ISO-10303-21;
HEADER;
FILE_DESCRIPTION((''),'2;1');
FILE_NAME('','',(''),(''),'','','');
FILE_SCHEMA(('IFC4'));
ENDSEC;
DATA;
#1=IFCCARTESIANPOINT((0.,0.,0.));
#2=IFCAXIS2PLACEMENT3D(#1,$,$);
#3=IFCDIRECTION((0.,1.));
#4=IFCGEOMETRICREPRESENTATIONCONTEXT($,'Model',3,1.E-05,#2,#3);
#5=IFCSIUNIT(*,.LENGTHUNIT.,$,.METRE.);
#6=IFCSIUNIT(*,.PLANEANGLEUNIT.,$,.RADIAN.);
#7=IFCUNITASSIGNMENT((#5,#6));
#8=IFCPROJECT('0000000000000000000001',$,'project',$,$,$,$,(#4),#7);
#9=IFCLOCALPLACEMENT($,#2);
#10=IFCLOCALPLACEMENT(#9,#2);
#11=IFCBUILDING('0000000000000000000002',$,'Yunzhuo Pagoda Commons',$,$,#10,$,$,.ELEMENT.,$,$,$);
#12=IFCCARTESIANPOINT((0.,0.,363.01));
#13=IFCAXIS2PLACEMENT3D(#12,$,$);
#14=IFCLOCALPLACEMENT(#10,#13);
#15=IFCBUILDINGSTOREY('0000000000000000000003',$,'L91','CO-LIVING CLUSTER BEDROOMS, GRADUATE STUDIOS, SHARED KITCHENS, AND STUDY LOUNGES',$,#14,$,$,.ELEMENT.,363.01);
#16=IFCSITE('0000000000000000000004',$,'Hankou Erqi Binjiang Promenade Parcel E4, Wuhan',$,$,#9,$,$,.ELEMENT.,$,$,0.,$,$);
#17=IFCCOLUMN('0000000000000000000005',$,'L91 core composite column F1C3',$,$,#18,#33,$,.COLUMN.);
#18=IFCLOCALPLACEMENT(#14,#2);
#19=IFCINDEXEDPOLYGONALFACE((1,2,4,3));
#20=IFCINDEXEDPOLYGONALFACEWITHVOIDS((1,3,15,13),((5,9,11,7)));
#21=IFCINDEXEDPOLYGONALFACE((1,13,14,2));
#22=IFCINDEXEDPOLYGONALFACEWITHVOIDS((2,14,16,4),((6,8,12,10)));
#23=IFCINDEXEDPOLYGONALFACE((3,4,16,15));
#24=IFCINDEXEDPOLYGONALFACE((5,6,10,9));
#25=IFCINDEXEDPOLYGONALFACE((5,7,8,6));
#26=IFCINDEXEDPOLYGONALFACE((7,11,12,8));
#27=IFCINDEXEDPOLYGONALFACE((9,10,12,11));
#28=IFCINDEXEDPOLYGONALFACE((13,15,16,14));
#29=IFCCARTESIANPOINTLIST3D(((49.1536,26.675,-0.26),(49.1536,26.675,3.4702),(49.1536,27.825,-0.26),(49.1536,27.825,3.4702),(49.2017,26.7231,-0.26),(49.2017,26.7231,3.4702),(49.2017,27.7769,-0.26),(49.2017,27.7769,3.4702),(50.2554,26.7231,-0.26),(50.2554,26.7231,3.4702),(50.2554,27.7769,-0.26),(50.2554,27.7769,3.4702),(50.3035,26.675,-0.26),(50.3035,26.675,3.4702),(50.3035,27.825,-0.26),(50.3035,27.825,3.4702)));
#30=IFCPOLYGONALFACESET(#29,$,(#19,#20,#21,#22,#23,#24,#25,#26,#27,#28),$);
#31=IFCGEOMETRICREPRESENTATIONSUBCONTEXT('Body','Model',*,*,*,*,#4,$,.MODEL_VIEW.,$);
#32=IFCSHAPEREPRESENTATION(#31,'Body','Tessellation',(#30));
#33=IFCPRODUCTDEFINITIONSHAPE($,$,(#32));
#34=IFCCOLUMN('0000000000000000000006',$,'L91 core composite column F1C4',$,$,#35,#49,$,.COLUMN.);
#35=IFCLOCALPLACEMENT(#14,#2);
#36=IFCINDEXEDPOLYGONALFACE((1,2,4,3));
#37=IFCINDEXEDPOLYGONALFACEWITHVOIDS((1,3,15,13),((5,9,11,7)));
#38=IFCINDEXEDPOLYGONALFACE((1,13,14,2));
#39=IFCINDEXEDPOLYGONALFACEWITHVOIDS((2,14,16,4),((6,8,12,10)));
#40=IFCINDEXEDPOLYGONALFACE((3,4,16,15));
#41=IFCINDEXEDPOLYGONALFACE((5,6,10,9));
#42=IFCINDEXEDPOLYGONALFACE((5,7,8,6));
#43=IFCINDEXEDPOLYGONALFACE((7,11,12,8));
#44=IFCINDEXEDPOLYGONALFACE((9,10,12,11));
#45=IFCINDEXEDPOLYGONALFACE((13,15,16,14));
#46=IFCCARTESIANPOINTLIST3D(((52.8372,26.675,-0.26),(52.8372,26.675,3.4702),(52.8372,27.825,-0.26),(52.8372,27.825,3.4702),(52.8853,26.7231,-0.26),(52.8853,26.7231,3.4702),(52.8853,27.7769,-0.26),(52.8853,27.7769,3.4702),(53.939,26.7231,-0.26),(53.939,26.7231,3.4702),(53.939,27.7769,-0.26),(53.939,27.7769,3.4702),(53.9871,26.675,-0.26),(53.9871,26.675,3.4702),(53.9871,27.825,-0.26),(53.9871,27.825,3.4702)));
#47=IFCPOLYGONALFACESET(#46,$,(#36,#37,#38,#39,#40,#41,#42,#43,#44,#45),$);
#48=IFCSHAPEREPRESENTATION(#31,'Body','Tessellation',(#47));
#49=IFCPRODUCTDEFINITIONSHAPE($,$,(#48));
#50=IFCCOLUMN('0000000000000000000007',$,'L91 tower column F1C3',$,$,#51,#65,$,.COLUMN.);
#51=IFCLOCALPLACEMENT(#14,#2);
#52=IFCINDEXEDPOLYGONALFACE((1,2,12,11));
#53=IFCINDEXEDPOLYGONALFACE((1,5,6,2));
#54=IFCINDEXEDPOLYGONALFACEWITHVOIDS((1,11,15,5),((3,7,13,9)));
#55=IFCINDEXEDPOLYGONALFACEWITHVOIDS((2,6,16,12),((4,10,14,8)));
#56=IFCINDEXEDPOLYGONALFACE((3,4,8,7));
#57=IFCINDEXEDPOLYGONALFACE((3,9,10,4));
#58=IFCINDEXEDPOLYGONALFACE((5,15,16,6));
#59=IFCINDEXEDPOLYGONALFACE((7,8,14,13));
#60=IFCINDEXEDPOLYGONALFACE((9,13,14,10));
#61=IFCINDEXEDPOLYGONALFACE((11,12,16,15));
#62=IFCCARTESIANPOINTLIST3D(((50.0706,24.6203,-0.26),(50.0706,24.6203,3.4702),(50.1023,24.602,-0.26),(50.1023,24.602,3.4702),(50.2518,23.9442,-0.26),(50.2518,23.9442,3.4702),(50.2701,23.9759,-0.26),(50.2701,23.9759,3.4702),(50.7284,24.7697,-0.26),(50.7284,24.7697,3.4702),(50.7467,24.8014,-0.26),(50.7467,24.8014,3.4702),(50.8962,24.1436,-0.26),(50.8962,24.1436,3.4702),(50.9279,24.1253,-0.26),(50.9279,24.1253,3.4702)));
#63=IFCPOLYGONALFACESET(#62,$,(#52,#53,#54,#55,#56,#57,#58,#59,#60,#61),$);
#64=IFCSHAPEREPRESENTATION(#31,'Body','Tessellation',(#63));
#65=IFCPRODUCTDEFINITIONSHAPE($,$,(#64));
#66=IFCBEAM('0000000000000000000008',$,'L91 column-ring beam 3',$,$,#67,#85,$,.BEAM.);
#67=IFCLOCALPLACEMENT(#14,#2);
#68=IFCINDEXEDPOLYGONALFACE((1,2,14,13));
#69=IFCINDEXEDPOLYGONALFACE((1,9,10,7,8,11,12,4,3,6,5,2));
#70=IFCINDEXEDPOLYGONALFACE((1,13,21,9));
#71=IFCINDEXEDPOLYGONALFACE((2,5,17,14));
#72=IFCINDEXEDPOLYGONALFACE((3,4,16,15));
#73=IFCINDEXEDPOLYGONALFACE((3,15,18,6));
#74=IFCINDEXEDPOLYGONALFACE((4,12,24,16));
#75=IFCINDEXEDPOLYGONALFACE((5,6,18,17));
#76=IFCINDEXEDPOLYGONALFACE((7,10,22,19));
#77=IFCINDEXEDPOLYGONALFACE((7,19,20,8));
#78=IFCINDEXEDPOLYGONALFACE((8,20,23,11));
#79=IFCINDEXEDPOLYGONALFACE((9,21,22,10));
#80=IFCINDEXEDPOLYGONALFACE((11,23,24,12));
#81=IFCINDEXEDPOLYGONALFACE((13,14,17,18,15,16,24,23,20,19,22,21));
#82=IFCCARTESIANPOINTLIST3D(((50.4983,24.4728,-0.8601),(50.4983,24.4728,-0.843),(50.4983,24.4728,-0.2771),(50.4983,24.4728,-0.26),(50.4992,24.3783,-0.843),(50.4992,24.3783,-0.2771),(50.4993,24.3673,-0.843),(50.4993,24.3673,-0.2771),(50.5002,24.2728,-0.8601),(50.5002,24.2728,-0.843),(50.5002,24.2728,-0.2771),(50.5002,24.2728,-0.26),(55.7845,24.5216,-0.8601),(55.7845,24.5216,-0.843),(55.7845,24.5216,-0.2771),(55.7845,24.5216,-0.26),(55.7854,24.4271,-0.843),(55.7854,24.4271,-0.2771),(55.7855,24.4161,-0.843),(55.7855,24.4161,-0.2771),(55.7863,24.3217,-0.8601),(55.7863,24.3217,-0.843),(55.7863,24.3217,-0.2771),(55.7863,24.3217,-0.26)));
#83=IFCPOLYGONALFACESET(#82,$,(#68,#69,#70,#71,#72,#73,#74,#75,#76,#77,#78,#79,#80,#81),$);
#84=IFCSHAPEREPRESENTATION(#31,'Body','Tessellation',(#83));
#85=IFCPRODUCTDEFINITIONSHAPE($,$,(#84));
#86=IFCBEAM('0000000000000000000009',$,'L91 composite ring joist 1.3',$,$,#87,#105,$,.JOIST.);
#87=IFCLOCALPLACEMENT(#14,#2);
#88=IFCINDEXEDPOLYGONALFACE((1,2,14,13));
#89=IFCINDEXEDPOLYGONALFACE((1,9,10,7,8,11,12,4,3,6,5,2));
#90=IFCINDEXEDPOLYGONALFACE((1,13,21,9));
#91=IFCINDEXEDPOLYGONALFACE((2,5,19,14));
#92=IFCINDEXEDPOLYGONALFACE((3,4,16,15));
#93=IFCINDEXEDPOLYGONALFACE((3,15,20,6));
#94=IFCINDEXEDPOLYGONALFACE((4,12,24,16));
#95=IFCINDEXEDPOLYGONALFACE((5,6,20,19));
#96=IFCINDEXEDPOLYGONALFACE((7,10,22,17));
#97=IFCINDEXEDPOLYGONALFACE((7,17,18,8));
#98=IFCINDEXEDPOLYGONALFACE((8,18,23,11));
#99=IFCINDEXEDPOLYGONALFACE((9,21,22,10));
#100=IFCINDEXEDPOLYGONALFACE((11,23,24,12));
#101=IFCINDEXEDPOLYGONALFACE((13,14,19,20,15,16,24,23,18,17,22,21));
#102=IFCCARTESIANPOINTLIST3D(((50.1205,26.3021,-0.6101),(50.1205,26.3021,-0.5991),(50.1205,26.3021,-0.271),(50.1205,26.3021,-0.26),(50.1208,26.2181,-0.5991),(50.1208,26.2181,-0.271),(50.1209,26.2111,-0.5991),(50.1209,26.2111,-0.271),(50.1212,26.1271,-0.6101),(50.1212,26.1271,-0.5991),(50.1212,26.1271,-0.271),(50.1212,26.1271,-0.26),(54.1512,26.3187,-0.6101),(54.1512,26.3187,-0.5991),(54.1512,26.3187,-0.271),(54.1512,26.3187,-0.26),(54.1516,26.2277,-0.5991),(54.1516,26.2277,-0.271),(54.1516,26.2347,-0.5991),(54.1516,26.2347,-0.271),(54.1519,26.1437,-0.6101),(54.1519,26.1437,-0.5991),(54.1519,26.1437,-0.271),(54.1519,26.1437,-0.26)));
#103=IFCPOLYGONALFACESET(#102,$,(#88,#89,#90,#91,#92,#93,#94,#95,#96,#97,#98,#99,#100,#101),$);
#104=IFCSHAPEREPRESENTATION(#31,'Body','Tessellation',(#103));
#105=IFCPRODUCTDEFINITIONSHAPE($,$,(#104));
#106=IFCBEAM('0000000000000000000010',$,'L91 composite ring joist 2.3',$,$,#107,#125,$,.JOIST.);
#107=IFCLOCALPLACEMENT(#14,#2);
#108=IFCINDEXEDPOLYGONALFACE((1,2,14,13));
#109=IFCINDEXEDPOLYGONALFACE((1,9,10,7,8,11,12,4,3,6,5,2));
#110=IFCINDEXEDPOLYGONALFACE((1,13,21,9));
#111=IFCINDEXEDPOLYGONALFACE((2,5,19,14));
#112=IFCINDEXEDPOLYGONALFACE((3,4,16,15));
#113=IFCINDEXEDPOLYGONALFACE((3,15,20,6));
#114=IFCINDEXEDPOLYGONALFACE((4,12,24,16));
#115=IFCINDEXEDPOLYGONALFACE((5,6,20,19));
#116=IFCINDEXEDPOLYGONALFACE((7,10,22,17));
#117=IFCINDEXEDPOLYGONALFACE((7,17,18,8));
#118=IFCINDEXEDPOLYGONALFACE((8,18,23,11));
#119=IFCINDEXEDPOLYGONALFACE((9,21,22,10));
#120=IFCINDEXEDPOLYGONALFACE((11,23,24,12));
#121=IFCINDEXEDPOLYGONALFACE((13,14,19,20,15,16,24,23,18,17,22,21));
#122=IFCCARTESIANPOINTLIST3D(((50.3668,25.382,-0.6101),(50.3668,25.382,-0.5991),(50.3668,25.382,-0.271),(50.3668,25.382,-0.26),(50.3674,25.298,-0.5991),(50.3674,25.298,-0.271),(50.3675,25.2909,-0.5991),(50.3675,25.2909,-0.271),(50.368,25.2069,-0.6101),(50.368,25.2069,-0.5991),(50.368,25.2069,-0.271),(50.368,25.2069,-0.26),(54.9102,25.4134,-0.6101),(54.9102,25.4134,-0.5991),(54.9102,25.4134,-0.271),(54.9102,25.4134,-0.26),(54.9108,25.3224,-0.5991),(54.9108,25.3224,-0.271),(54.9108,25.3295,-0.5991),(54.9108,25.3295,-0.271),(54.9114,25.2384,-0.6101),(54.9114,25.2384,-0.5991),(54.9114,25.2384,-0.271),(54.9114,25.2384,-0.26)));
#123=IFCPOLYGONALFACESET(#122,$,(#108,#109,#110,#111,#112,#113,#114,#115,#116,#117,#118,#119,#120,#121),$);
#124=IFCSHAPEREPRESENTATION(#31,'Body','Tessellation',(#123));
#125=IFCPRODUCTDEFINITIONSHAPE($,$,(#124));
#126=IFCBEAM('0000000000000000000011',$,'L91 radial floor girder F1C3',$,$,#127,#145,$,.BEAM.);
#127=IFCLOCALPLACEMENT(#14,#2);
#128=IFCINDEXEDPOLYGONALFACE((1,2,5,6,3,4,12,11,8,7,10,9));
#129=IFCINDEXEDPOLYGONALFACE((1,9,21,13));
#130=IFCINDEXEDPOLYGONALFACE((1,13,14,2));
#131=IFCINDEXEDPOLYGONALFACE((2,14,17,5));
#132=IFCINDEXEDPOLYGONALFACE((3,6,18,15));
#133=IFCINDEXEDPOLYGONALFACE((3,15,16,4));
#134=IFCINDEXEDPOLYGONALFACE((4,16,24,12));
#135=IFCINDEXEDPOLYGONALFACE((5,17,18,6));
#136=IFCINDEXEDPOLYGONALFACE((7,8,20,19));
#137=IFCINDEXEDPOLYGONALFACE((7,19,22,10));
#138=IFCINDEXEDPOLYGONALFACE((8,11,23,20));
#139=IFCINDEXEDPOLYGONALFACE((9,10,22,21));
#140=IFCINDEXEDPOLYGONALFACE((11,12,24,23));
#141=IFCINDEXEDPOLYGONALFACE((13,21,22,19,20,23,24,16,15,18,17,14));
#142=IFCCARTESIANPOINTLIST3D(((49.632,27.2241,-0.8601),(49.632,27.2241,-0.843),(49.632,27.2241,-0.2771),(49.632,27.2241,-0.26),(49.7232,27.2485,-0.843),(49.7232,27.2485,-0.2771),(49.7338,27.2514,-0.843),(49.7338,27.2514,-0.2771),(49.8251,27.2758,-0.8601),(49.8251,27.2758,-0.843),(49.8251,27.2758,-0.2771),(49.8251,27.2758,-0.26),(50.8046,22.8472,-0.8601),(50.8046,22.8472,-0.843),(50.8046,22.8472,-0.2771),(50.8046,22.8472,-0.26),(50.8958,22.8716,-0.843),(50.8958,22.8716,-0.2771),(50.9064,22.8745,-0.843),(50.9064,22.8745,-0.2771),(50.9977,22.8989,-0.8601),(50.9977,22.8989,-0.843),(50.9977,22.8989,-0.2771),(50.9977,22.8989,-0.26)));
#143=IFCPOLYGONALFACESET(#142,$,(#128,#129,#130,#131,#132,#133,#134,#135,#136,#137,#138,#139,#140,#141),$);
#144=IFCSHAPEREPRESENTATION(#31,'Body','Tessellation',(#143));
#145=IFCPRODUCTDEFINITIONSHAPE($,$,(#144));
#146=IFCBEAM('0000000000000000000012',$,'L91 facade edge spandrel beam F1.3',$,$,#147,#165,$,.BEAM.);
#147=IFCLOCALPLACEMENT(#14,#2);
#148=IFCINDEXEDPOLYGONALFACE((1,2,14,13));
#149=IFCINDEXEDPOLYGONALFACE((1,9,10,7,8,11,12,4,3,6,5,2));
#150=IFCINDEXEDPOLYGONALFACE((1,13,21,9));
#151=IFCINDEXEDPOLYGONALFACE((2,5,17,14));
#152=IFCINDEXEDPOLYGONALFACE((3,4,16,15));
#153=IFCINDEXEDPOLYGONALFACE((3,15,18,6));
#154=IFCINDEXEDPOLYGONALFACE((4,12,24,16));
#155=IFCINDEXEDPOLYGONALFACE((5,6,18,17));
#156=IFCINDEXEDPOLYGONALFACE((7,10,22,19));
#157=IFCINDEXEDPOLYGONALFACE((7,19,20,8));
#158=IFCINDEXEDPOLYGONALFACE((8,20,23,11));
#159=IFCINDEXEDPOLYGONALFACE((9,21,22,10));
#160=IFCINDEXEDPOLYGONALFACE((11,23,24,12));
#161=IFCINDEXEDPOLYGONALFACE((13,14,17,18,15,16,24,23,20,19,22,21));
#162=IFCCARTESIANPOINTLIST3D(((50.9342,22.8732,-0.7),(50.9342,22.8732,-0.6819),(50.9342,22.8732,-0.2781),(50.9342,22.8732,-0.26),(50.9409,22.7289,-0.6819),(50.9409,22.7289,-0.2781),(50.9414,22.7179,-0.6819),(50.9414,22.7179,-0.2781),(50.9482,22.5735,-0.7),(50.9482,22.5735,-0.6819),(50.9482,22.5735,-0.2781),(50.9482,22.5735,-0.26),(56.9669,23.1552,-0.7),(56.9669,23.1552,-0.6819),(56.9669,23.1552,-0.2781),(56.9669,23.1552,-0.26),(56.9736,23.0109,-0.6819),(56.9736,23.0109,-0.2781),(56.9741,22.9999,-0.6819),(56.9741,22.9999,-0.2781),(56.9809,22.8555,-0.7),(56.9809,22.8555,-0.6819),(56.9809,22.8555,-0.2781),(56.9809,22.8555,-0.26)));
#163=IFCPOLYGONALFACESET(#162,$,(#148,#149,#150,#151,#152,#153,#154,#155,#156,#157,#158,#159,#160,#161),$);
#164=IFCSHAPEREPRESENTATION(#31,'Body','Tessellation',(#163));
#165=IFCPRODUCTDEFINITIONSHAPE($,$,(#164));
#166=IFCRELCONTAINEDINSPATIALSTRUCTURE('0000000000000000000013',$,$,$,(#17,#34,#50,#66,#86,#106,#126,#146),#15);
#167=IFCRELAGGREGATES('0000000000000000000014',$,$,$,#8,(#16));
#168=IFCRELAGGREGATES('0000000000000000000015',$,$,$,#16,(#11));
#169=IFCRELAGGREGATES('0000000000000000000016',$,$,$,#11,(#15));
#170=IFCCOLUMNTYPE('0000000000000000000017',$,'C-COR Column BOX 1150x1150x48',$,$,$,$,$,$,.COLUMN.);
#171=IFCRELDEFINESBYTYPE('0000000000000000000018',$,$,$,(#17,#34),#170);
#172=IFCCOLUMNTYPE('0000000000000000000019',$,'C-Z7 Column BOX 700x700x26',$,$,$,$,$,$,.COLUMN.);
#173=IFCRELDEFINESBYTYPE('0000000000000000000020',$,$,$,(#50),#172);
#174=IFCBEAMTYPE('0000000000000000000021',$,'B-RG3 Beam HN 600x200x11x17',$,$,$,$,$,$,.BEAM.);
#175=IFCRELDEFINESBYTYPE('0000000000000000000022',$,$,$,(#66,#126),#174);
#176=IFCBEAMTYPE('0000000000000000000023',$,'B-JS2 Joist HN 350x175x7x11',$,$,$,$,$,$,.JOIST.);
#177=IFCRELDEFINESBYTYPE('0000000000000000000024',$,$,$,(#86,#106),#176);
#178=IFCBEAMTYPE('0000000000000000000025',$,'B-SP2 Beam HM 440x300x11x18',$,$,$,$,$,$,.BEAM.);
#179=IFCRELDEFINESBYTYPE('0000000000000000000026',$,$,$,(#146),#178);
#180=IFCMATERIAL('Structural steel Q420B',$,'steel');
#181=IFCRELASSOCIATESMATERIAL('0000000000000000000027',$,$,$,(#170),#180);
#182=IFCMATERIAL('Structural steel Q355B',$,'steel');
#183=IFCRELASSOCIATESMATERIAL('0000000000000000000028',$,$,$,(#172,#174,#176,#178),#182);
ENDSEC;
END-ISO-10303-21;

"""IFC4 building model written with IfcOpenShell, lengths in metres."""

from ifc_helpers import new_model, si_unit, direction, frame, origin, origin_2d, place, context, subcontext, project, spatial, hollow_rectangle, i_section, extrude, source, transform, mapped, material, material_profile, profile_set, type_object, element, save


model = new_model("IFC4")

# Units and contexts
model_context = context("Model", 3, precision=1e-05, world=origin(), true_north=direction((0.0, 1.0)))
body_context = subcontext(model_context, "Body", "Model", "MODEL_VIEW")
ifc_project = project(units=[si_unit("LENGTHUNIT", "METRE"), si_unit("PLANEANGLEUNIT", "RADIAN")], contexts=[model_context])

# Site, building, storey
site_placement = place(None, origin())
site = spatial("IfcSite", under=ifc_project, at=site_placement, Name="Hankou Erqi Binjiang Promenade Parcel E4, Wuhan", CompositionType="ELEMENT", RefElevation=0.0)
building_placement = place(site_placement, origin())
building = spatial("IfcBuilding", under=site, at=building_placement, Name="Yunzhuo Pagoda Commons", CompositionType="ELEMENT")
storey_placement = place(building_placement, frame((0.0, 0.0, 363.01)))
storey = spatial("IfcBuildingStorey", under=building, at=storey_placement, Name="L91", Description="CO-LIVING CLUSTER BEDROOMS, GRADUATE STUDIOS, SHARED KITCHENS, AND STUDY LOUNGES", CompositionType="ELEMENT", Elevation=363.01)

# Columns
ifc_material_1 = material(Name="Structural steel Q420B", Category="steel")
ifc_material_profile_1 = material_profile(ifc_material_1, hollow_rectangle(XDim=1.1499, YDim=1.1499, WallThickness=0.0481, at=origin_2d()), Name="Structural steel Q420B")
ifc_profile_set_1 = profile_set([ifc_material_profile_1], Name="Structural steel Q420B")
column_type_1 = type_object("IfcColumnType", Name="C-COR Column BOX 1150x1150x48", PredefinedType="COLUMN", material=ifc_profile_set_1)
shared_shape_1 = source(origin(), body_context, "Body", "SweptSolid", [
    extrude(hollow_rectangle(XDim=1.1499, YDim=1.1499, WallThickness=0.0481, at=origin_2d()), origin(), (0.0, 0.0, 1.0), 3.7302),
])
for number, where, z_axis, x_axis, name in (
    (1, (49.7285, 27.25, -0.26), (0.0, 0.0, 1.0), (1.0, 0.0, 0.0), "L91 core composite column F1C3"),
    (2, (53.4121, 27.25, -0.26), (0.0, 0.0, 1.0), (1.0, 0.0, 0.0), "L91 core composite column F1C4"),
):
    element("IfcColumn", number, at=place(storey_placement, frame(where, z_axis=z_axis, x_axis=x_axis)), inside=storey, type_object=column_type_1, Name=name, PredefinedType="COLUMN", context=body_context, shape_type="MappedRepresentation", body=[
        mapped(shared_shape_1, transform((0.0, 0.0, 0.0), scale=1.0)),
    ])
ifc_material_2 = material(Name="Structural steel Q355B", Category="steel")
ifc_material_profile_2 = material_profile(ifc_material_2, hollow_rectangle(XDim=0.7, YDim=0.7, WallThickness=0.0259, at=origin_2d()), Name="Structural steel Q355B")
ifc_profile_set_2 = profile_set([ifc_material_profile_2], Name="Structural steel Q355B")
column_type_2 = type_object("IfcColumnType", Name="C-Z7 Column BOX 700x700x26", PredefinedType="COLUMN", material=ifc_profile_set_2)
shared_shape_2 = source(origin(), body_context, "Body", "SweptSolid", [
    extrude(hollow_rectangle(XDim=0.7, YDim=0.7, WallThickness=0.0259, at=origin_2d()), origin(), (0.0, 0.0, 1.0), 3.7302),
])
column_placement = place(storey_placement, frame((50.4993, 24.3728, -0.26), z_axis=(0.0, 0.0, 1.0), x_axis=(0.965926, 0.258819, 0.0)))
element("IfcColumn", 3, at=column_placement, inside=storey, type_object=column_type_2, Name="L91 tower column F1C3", PredefinedType="COLUMN", context=body_context, shape_type="MappedRepresentation", body=[
    mapped(shared_shape_2, transform((0.0, 0.0, 0.0), scale=1.0)),
])

# Beams
ifc_material_profile_3 = material_profile(ifc_material_2, i_section(OverallWidth=0.2, OverallDepth=0.6001, WebThickness=0.011, FlangeThickness=0.0171, at=origin_2d()), Name="Structural steel Q355B")
ifc_profile_set_3 = profile_set([ifc_material_profile_3], Name="Structural steel Q355B")
beam_type_1 = type_object("IfcBeamType", Name="B-RG3 Beam HN 600x200x11x17", PredefinedType="BEAM", material=ifc_profile_set_3)
shared_shape_3 = source(origin(), body_context, "Body", "SweptSolid", [
    extrude(i_section(OverallWidth=0.2, OverallDepth=0.6001, WebThickness=0.011, FlangeThickness=0.0171, at=origin_2d()), origin(), (0.0, 0.0, 1.0), 5.2864),
])
beam_1_placement = place(storey_placement, frame((50.4993, 24.3728, -0.5601), z_axis=(0.999957, 0.009237, 0.0), x_axis=(-0.009237, 0.999957, 0.0)))
element("IfcBeam", 4, at=beam_1_placement, inside=storey, type_object=beam_type_1, Name="L91 column-ring beam 3", PredefinedType="BEAM", context=body_context, shape_type="MappedRepresentation", body=[
    mapped(shared_shape_3, transform((0.0, 0.0, 0.0), scale=1.0)),
])
ifc_material_profile_4 = material_profile(ifc_material_2, i_section(OverallWidth=0.175, OverallDepth=0.3501, WebThickness=0.0071, FlangeThickness=0.011, at=origin_2d()), Name="Structural steel Q355B")
ifc_profile_set_4 = profile_set([ifc_material_profile_4], Name="Structural steel Q355B")
beam_type_2 = type_object("IfcBeamType", Name="B-JS2 Joist HN 350x175x7x11", PredefinedType="JOIST", material=ifc_profile_set_4)
shared_shape_4 = source(origin(), body_context, "Body", "SweptSolid", [
    extrude(i_section(OverallWidth=0.175, OverallDepth=0.3501, WebThickness=0.0071, FlangeThickness=0.011, at=origin_2d()), origin(), (0.0, 0.0, 1.0), 4.0308),
])
beam_2_placement = place(storey_placement, frame((50.1208, 26.2146, -0.4351), z_axis=(0.999992, 0.004119, 0.0), x_axis=(-0.004119, 0.999992, 0.0)))
element("IfcBeam", 5, at=beam_2_placement, inside=storey, type_object=beam_type_2, Name="L91 composite ring joist 1.3", PredefinedType="JOIST", context=body_context, shape_type="MappedRepresentation", body=[
    mapped(shared_shape_4, transform((0.0, 0.0, 0.0), scale=1.0)),
])
shared_shape_5 = source(origin(), body_context, "Body", "SweptSolid", [
    extrude(i_section(OverallWidth=0.175, OverallDepth=0.3501, WebThickness=0.0071, FlangeThickness=0.011, at=origin_2d()), origin(), (0.0, 0.0, 1.0), 4.5435),
])
beam_3_placement = place(storey_placement, frame((50.3674, 25.2944, -0.4351), z_axis=(0.999976, 0.006932, 0.0), x_axis=(-0.006932, 0.999976, 0.0)))
element("IfcBeam", 6, at=beam_3_placement, inside=storey, type_object=beam_type_2, Name="L91 composite ring joist 2.3", PredefinedType="JOIST", context=body_context, shape_type="MappedRepresentation", body=[
    mapped(shared_shape_5, transform((0.0, 0.0, 0.0), scale=1.0)),
])
shared_shape_6 = source(origin(), body_context, "Body", "SweptSolid", [
    extrude(i_section(OverallWidth=0.2, OverallDepth=0.6001, WebThickness=0.011, FlangeThickness=0.0171, at=origin_2d()), origin(), (0.0, 0.0, 1.0), 4.5312),
])
beam_4_placement = place(storey_placement, frame((50.9011, 22.873, -0.5601), z_axis=(-0.258779, 0.965937, 0.0), x_axis=(-0.965937, -0.258779, 0.0)))
element("IfcBeam", 7, at=beam_4_placement, inside=storey, type_object=beam_type_1, Name="L91 radial floor girder F1C3", PredefinedType="BEAM", context=body_context, shape_type="MappedRepresentation", body=[
    mapped(shared_shape_6, transform((0.0, 0.0, 0.0), scale=1.0)),
])
ifc_material_profile_5 = material_profile(ifc_material_2, i_section(OverallWidth=0.3, OverallDepth=0.4399, WebThickness=0.011, FlangeThickness=0.0181, at=origin_2d()), Name="Structural steel Q355B")
ifc_profile_set_5 = profile_set([ifc_material_profile_5], Name="Structural steel Q355B")
beam_type_3 = type_object("IfcBeamType", Name="B-SP2 Beam HM 440x300x11x18", PredefinedType="BEAM", material=ifc_profile_set_5)
shared_shape_7 = source(origin(), body_context, "Body", "SweptSolid", [
    extrude(i_section(OverallWidth=0.3, OverallDepth=0.4399, WebThickness=0.011, FlangeThickness=0.0181, at=origin_2d()), origin(), (0.0, 0.0, 1.0), 6.0393),
])
beam_5_placement = place(storey_placement, frame((50.9412, 22.7234, -0.48), z_axis=(0.998909, 0.046691, 0.0), x_axis=(-0.046691, 0.998909, 0.0)))
element("IfcBeam", 8, at=beam_5_placement, inside=storey, type_object=beam_type_3, Name="L91 facade edge spandrel beam F1.3", PredefinedType="BEAM", context=body_context, shape_type="MappedRepresentation", body=[
    mapped(shared_shape_7, transform((0.0, 0.0, 0.0), scale=1.0)),
])

save(model, "model.ifc")
